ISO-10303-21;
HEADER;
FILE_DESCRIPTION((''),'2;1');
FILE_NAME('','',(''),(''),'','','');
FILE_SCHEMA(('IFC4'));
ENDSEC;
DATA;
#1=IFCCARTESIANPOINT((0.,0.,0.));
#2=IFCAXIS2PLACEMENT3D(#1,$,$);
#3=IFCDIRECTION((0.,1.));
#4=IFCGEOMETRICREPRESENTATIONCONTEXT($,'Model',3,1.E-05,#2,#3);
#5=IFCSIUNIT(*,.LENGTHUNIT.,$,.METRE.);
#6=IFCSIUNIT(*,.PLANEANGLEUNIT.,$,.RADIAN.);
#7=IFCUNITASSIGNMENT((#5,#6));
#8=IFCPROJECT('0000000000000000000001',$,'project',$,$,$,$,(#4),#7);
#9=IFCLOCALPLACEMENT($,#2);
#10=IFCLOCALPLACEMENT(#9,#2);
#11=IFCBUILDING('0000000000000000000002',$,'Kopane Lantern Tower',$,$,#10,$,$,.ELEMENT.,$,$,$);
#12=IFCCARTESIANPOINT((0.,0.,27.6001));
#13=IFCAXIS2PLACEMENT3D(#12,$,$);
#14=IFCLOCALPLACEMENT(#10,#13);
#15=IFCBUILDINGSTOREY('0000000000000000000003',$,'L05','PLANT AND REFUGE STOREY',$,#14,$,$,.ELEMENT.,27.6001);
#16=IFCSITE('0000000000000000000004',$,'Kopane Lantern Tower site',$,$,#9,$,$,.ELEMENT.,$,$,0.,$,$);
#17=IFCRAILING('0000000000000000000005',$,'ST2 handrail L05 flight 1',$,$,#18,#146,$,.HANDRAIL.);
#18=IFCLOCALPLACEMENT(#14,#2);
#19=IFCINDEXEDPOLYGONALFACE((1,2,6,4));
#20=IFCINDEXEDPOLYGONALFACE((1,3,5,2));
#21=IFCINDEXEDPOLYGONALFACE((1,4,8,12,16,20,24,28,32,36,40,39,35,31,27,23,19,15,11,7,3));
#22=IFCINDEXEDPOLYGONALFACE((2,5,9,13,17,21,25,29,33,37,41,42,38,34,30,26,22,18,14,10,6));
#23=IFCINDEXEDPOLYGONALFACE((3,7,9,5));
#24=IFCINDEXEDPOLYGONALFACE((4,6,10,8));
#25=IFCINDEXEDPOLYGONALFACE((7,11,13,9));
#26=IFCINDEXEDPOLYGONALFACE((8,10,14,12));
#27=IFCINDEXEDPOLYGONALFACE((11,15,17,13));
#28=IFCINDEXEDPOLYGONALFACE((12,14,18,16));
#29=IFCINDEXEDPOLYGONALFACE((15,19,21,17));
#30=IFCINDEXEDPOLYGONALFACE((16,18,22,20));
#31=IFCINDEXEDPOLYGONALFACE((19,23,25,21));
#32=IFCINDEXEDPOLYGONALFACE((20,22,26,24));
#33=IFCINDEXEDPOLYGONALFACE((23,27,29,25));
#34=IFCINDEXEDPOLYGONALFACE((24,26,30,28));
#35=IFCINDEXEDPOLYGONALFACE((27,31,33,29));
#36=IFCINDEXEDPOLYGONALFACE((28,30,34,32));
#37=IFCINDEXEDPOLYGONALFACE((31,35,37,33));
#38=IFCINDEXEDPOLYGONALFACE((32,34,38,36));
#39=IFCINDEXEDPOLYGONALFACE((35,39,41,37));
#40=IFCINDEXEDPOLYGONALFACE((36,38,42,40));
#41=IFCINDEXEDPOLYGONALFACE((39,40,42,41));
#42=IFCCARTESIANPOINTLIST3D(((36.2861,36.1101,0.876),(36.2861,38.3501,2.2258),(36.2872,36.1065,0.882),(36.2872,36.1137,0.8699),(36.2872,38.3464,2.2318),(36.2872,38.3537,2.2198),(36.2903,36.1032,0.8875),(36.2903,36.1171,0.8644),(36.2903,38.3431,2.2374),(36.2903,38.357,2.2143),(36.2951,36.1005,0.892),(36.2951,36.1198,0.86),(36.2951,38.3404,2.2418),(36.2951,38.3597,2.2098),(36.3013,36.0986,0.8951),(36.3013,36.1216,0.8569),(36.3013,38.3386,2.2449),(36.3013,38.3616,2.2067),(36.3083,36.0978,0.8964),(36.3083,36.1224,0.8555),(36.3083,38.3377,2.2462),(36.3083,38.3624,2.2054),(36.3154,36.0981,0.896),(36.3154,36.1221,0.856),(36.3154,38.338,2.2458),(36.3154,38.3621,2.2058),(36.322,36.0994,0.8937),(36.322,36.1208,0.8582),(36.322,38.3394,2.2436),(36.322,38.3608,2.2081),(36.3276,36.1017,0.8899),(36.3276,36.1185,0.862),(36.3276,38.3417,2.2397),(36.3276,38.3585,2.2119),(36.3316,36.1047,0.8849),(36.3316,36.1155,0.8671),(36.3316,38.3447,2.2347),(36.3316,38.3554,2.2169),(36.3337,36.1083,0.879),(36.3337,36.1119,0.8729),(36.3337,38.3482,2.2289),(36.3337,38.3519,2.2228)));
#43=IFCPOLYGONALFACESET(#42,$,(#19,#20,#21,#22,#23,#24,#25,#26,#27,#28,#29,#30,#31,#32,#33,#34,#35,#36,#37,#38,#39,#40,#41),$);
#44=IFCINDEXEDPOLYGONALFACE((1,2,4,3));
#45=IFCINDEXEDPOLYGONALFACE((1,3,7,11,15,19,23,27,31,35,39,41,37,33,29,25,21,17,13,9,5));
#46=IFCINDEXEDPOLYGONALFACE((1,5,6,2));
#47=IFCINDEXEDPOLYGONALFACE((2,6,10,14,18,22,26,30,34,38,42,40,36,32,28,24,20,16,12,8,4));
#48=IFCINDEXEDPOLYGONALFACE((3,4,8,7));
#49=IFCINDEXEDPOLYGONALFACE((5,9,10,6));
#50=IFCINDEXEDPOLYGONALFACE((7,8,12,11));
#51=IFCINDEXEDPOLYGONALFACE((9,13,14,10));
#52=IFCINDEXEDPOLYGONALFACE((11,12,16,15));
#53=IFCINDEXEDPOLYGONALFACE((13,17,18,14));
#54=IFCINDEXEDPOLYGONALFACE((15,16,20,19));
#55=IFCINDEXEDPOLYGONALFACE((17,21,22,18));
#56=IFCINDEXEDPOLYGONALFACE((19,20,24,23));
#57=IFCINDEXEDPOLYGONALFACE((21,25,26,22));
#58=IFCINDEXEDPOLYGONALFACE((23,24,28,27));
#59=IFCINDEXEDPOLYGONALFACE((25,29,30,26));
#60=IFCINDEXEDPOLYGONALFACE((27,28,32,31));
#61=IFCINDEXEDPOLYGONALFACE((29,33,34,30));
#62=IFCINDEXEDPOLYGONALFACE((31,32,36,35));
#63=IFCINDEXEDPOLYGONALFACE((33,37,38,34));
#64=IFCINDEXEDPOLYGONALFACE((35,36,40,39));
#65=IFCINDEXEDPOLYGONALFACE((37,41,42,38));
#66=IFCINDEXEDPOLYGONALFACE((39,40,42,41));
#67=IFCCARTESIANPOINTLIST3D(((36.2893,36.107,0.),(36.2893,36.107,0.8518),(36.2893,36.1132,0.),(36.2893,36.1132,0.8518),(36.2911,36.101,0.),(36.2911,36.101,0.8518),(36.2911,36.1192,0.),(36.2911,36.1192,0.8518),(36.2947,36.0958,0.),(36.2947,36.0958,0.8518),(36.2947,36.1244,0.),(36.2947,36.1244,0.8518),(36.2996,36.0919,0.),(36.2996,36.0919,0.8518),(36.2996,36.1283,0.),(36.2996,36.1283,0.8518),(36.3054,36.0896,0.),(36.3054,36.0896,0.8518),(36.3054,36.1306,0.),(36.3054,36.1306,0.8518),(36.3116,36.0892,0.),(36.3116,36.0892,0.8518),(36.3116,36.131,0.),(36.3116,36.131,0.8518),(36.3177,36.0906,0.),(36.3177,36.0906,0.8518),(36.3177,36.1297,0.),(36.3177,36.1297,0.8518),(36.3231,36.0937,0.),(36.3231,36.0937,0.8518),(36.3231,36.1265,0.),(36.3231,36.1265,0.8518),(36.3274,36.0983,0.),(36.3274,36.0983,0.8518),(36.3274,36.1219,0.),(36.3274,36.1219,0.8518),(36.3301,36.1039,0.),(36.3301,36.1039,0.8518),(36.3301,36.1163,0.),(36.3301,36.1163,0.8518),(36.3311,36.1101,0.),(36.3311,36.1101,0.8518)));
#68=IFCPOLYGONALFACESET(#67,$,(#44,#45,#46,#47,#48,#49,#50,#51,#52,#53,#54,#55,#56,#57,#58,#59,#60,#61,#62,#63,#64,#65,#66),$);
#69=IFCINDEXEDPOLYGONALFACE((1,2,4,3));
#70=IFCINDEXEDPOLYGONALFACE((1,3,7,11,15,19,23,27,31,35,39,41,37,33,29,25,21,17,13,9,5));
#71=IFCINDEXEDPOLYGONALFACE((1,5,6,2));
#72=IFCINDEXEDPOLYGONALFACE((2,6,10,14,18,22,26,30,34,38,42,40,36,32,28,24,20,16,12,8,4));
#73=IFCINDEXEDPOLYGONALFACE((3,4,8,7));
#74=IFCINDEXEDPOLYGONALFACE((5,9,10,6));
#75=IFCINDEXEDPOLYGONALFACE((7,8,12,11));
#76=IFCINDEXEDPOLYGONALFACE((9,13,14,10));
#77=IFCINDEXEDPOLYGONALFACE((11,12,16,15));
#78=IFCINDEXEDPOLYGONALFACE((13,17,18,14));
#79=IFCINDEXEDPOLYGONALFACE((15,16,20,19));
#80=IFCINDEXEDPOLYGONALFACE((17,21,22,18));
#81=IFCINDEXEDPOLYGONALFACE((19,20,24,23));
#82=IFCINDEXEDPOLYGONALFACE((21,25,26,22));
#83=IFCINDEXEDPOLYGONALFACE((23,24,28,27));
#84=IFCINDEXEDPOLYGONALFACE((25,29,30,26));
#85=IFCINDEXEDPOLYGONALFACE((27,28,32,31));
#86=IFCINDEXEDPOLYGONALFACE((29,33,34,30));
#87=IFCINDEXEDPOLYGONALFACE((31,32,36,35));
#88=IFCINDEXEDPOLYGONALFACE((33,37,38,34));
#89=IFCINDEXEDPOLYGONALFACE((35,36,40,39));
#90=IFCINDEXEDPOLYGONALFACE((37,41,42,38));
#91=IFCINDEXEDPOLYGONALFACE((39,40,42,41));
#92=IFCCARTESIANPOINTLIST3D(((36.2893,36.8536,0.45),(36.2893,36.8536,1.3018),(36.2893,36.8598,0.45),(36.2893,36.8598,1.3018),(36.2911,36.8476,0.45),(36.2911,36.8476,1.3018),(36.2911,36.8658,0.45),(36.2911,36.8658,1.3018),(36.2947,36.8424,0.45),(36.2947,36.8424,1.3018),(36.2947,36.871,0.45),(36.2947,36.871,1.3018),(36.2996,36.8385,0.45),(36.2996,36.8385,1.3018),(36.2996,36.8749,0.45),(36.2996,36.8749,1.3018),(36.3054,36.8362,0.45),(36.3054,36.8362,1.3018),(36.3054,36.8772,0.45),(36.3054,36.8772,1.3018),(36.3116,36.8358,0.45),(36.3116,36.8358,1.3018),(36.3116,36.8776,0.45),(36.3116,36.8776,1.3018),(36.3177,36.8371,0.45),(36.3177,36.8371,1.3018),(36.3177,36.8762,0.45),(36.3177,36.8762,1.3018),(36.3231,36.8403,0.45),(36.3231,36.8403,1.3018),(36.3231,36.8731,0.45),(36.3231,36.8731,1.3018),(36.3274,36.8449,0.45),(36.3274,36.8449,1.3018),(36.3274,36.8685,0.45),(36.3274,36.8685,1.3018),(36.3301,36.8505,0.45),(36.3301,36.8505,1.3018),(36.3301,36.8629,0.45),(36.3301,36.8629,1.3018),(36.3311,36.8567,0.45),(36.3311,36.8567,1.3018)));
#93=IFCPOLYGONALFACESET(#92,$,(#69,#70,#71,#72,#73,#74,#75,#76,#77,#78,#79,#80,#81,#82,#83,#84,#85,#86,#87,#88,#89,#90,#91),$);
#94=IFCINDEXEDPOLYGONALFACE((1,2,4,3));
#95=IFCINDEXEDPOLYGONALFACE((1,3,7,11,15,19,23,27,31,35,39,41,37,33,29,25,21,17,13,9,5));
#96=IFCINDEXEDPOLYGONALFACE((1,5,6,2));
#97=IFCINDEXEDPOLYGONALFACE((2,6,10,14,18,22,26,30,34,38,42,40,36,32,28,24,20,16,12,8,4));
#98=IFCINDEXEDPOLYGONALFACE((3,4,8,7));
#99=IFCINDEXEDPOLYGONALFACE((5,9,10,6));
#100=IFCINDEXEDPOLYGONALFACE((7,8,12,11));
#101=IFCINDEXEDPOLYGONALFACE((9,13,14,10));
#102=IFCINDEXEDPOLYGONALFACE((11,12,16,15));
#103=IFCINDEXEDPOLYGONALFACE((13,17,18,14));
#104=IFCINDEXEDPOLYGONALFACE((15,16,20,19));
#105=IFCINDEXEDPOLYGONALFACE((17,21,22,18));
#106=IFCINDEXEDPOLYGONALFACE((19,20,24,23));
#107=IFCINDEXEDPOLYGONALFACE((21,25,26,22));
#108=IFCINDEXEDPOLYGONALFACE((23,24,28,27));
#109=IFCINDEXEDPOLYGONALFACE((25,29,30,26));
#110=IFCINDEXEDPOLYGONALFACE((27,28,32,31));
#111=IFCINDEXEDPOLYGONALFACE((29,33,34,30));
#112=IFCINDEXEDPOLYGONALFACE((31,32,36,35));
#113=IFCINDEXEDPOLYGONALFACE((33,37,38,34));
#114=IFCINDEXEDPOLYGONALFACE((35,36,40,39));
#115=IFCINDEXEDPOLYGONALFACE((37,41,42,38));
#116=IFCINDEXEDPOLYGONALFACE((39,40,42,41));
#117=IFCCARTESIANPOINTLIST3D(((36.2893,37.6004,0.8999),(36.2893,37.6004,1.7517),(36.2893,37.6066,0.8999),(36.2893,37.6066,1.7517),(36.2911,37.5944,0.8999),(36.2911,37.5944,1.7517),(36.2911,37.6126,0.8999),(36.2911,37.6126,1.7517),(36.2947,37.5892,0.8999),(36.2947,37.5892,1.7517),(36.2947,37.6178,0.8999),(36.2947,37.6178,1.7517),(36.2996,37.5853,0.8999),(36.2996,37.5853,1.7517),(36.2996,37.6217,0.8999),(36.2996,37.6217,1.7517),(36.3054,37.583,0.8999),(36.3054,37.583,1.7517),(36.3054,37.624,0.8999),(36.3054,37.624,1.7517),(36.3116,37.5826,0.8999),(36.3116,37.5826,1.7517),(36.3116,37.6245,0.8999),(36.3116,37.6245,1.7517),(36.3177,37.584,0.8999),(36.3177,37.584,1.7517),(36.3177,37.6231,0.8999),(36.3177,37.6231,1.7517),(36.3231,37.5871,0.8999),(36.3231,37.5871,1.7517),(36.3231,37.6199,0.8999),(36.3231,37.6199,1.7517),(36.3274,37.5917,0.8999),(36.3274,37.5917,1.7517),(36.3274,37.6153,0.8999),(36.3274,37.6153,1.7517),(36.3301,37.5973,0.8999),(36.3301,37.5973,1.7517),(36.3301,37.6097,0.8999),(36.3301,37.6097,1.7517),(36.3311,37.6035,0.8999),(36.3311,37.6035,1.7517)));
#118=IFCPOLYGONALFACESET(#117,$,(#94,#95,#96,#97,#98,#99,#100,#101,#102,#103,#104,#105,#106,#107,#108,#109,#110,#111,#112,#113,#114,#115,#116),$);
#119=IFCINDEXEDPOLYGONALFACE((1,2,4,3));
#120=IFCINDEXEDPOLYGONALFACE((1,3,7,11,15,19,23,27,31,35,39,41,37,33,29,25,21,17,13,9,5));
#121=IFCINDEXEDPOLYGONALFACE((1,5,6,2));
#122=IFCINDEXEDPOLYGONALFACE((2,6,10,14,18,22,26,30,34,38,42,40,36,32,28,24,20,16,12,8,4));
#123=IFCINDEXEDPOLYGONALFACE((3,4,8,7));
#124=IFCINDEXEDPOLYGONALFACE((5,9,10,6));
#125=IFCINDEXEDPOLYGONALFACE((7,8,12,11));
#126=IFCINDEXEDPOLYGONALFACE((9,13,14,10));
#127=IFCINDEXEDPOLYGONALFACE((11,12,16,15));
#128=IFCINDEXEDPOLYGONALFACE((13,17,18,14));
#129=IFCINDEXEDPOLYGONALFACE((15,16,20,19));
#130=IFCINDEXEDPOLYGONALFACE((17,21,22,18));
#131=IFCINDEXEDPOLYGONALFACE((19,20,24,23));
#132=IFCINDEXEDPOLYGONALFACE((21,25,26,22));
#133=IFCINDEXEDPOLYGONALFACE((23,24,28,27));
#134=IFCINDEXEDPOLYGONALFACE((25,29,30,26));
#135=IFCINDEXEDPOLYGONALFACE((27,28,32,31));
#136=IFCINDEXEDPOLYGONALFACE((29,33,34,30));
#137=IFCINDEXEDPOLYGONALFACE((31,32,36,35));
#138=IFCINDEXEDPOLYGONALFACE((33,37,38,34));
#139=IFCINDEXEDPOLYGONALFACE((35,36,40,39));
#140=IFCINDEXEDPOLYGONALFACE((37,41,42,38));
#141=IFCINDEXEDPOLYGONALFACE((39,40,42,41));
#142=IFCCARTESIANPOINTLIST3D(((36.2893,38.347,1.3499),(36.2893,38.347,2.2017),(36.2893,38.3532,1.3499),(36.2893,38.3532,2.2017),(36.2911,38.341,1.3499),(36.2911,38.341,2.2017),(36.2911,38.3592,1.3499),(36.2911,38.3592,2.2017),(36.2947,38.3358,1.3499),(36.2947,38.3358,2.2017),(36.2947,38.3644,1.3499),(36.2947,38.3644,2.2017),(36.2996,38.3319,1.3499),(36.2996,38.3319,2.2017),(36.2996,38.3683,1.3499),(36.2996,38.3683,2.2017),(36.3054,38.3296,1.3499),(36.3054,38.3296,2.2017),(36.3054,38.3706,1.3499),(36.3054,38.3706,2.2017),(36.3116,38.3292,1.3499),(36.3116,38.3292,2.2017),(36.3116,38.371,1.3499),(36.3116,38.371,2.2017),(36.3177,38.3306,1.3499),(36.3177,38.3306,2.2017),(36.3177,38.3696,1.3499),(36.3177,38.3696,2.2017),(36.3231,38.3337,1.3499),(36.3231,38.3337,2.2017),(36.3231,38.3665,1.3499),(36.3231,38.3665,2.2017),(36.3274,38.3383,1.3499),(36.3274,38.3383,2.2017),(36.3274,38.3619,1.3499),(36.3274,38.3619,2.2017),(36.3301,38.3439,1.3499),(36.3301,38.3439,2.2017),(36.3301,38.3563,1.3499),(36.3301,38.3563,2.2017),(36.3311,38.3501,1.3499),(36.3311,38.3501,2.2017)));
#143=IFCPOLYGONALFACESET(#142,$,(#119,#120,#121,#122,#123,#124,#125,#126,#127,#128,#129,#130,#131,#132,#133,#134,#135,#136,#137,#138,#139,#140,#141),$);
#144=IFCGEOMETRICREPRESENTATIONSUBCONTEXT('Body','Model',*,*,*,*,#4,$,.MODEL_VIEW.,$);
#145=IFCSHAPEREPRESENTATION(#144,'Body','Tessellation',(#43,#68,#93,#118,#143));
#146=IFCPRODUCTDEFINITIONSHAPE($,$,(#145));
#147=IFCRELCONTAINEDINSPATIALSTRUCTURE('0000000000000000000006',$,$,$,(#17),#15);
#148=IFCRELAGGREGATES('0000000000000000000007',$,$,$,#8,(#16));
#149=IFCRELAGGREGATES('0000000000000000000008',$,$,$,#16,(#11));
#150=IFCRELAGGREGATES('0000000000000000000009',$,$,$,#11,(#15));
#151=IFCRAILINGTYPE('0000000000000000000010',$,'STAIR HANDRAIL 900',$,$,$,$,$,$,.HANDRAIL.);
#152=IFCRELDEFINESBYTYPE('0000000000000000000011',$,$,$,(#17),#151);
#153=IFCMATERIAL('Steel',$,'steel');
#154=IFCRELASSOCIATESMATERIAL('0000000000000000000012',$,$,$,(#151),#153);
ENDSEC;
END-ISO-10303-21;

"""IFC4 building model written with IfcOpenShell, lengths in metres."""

from ifc_helpers import new_model, si_unit, direction, frame, origin, origin_2d, place, context, subcontext, project, spatial, circle, extrude, material, type_object, element, save


model = new_model("IFC4")

# Units and contexts
model_context = context("Model", 3, precision=1e-05, world=origin(), true_north=direction((0.0, 1.0)))
body_context = subcontext(model_context, "Body", "Model", "MODEL_VIEW")
ifc_project = project(units=[si_unit("LENGTHUNIT", "METRE"), si_unit("PLANEANGLEUNIT", "RADIAN")], contexts=[model_context])

# Site, building, storey
site_placement = place(None, origin())
site = spatial("IfcSite", under=ifc_project, at=site_placement, Name="Kopane Lantern Tower site", CompositionType="ELEMENT", RefElevation=0.0)
building_placement = place(site_placement, origin())
building = spatial("IfcBuilding", under=site, at=building_placement, Name="Kopane Lantern Tower", CompositionType="ELEMENT")
storey_placement = place(building_placement, frame((0.0, 0.0, 27.6001)))
storey = spatial("IfcBuildingStorey", under=building, at=storey_placement, Name="L05", Description="PLANT AND REFUGE STOREY", CompositionType="ELEMENT", Elevation=27.6001)

# Railing
ifc_material_1 = material(Name="Steel", Category="steel")
railing_type_1 = type_object("IfcRailingType", Name="STAIR HANDRAIL 900", PredefinedType="HANDRAIL", material=ifc_material_1)
for number, where, name in (
    (1, (36.3101, 36.1101, 0.0), "ST2 handrail L05 flight 1"),
):
    element("IfcRailing", number, at=place(storey_placement, frame(where)), inside=storey, type_object=railing_type_1, Name=name, PredefinedType="HANDRAIL", context=body_context, shape_type="SweptSolid", body=[
        extrude(circle(Radius=0.0239, at=origin_2d()), frame((0.0, 0.0, 0.876), z_axis=(0.0, 0.856503, 0.516142), x_axis=(-1.0, 0.0, 0.0)), (0.0, 0.0, 1.0), 2.6152),
        extrude(circle(Radius=0.021, at=origin_2d()), origin(), (0.0, 0.0, 1.0), 0.8518),
        extrude(circle(Radius=0.021, at=origin_2d()), frame((0.0, 0.7466, 0.45)), (0.0, 0.0, 1.0), 0.8518),
        extrude(circle(Radius=0.021, at=origin_2d()), frame((0.0, 1.4934, 0.8999)), (0.0, 0.0, 1.0), 0.8518),
        extrude(circle(Radius=0.021, at=origin_2d()), frame((0.0, 2.24, 1.3499)), (0.0, 0.0, 1.0), 0.8518),
    ])

save(model, "model.ifc")
